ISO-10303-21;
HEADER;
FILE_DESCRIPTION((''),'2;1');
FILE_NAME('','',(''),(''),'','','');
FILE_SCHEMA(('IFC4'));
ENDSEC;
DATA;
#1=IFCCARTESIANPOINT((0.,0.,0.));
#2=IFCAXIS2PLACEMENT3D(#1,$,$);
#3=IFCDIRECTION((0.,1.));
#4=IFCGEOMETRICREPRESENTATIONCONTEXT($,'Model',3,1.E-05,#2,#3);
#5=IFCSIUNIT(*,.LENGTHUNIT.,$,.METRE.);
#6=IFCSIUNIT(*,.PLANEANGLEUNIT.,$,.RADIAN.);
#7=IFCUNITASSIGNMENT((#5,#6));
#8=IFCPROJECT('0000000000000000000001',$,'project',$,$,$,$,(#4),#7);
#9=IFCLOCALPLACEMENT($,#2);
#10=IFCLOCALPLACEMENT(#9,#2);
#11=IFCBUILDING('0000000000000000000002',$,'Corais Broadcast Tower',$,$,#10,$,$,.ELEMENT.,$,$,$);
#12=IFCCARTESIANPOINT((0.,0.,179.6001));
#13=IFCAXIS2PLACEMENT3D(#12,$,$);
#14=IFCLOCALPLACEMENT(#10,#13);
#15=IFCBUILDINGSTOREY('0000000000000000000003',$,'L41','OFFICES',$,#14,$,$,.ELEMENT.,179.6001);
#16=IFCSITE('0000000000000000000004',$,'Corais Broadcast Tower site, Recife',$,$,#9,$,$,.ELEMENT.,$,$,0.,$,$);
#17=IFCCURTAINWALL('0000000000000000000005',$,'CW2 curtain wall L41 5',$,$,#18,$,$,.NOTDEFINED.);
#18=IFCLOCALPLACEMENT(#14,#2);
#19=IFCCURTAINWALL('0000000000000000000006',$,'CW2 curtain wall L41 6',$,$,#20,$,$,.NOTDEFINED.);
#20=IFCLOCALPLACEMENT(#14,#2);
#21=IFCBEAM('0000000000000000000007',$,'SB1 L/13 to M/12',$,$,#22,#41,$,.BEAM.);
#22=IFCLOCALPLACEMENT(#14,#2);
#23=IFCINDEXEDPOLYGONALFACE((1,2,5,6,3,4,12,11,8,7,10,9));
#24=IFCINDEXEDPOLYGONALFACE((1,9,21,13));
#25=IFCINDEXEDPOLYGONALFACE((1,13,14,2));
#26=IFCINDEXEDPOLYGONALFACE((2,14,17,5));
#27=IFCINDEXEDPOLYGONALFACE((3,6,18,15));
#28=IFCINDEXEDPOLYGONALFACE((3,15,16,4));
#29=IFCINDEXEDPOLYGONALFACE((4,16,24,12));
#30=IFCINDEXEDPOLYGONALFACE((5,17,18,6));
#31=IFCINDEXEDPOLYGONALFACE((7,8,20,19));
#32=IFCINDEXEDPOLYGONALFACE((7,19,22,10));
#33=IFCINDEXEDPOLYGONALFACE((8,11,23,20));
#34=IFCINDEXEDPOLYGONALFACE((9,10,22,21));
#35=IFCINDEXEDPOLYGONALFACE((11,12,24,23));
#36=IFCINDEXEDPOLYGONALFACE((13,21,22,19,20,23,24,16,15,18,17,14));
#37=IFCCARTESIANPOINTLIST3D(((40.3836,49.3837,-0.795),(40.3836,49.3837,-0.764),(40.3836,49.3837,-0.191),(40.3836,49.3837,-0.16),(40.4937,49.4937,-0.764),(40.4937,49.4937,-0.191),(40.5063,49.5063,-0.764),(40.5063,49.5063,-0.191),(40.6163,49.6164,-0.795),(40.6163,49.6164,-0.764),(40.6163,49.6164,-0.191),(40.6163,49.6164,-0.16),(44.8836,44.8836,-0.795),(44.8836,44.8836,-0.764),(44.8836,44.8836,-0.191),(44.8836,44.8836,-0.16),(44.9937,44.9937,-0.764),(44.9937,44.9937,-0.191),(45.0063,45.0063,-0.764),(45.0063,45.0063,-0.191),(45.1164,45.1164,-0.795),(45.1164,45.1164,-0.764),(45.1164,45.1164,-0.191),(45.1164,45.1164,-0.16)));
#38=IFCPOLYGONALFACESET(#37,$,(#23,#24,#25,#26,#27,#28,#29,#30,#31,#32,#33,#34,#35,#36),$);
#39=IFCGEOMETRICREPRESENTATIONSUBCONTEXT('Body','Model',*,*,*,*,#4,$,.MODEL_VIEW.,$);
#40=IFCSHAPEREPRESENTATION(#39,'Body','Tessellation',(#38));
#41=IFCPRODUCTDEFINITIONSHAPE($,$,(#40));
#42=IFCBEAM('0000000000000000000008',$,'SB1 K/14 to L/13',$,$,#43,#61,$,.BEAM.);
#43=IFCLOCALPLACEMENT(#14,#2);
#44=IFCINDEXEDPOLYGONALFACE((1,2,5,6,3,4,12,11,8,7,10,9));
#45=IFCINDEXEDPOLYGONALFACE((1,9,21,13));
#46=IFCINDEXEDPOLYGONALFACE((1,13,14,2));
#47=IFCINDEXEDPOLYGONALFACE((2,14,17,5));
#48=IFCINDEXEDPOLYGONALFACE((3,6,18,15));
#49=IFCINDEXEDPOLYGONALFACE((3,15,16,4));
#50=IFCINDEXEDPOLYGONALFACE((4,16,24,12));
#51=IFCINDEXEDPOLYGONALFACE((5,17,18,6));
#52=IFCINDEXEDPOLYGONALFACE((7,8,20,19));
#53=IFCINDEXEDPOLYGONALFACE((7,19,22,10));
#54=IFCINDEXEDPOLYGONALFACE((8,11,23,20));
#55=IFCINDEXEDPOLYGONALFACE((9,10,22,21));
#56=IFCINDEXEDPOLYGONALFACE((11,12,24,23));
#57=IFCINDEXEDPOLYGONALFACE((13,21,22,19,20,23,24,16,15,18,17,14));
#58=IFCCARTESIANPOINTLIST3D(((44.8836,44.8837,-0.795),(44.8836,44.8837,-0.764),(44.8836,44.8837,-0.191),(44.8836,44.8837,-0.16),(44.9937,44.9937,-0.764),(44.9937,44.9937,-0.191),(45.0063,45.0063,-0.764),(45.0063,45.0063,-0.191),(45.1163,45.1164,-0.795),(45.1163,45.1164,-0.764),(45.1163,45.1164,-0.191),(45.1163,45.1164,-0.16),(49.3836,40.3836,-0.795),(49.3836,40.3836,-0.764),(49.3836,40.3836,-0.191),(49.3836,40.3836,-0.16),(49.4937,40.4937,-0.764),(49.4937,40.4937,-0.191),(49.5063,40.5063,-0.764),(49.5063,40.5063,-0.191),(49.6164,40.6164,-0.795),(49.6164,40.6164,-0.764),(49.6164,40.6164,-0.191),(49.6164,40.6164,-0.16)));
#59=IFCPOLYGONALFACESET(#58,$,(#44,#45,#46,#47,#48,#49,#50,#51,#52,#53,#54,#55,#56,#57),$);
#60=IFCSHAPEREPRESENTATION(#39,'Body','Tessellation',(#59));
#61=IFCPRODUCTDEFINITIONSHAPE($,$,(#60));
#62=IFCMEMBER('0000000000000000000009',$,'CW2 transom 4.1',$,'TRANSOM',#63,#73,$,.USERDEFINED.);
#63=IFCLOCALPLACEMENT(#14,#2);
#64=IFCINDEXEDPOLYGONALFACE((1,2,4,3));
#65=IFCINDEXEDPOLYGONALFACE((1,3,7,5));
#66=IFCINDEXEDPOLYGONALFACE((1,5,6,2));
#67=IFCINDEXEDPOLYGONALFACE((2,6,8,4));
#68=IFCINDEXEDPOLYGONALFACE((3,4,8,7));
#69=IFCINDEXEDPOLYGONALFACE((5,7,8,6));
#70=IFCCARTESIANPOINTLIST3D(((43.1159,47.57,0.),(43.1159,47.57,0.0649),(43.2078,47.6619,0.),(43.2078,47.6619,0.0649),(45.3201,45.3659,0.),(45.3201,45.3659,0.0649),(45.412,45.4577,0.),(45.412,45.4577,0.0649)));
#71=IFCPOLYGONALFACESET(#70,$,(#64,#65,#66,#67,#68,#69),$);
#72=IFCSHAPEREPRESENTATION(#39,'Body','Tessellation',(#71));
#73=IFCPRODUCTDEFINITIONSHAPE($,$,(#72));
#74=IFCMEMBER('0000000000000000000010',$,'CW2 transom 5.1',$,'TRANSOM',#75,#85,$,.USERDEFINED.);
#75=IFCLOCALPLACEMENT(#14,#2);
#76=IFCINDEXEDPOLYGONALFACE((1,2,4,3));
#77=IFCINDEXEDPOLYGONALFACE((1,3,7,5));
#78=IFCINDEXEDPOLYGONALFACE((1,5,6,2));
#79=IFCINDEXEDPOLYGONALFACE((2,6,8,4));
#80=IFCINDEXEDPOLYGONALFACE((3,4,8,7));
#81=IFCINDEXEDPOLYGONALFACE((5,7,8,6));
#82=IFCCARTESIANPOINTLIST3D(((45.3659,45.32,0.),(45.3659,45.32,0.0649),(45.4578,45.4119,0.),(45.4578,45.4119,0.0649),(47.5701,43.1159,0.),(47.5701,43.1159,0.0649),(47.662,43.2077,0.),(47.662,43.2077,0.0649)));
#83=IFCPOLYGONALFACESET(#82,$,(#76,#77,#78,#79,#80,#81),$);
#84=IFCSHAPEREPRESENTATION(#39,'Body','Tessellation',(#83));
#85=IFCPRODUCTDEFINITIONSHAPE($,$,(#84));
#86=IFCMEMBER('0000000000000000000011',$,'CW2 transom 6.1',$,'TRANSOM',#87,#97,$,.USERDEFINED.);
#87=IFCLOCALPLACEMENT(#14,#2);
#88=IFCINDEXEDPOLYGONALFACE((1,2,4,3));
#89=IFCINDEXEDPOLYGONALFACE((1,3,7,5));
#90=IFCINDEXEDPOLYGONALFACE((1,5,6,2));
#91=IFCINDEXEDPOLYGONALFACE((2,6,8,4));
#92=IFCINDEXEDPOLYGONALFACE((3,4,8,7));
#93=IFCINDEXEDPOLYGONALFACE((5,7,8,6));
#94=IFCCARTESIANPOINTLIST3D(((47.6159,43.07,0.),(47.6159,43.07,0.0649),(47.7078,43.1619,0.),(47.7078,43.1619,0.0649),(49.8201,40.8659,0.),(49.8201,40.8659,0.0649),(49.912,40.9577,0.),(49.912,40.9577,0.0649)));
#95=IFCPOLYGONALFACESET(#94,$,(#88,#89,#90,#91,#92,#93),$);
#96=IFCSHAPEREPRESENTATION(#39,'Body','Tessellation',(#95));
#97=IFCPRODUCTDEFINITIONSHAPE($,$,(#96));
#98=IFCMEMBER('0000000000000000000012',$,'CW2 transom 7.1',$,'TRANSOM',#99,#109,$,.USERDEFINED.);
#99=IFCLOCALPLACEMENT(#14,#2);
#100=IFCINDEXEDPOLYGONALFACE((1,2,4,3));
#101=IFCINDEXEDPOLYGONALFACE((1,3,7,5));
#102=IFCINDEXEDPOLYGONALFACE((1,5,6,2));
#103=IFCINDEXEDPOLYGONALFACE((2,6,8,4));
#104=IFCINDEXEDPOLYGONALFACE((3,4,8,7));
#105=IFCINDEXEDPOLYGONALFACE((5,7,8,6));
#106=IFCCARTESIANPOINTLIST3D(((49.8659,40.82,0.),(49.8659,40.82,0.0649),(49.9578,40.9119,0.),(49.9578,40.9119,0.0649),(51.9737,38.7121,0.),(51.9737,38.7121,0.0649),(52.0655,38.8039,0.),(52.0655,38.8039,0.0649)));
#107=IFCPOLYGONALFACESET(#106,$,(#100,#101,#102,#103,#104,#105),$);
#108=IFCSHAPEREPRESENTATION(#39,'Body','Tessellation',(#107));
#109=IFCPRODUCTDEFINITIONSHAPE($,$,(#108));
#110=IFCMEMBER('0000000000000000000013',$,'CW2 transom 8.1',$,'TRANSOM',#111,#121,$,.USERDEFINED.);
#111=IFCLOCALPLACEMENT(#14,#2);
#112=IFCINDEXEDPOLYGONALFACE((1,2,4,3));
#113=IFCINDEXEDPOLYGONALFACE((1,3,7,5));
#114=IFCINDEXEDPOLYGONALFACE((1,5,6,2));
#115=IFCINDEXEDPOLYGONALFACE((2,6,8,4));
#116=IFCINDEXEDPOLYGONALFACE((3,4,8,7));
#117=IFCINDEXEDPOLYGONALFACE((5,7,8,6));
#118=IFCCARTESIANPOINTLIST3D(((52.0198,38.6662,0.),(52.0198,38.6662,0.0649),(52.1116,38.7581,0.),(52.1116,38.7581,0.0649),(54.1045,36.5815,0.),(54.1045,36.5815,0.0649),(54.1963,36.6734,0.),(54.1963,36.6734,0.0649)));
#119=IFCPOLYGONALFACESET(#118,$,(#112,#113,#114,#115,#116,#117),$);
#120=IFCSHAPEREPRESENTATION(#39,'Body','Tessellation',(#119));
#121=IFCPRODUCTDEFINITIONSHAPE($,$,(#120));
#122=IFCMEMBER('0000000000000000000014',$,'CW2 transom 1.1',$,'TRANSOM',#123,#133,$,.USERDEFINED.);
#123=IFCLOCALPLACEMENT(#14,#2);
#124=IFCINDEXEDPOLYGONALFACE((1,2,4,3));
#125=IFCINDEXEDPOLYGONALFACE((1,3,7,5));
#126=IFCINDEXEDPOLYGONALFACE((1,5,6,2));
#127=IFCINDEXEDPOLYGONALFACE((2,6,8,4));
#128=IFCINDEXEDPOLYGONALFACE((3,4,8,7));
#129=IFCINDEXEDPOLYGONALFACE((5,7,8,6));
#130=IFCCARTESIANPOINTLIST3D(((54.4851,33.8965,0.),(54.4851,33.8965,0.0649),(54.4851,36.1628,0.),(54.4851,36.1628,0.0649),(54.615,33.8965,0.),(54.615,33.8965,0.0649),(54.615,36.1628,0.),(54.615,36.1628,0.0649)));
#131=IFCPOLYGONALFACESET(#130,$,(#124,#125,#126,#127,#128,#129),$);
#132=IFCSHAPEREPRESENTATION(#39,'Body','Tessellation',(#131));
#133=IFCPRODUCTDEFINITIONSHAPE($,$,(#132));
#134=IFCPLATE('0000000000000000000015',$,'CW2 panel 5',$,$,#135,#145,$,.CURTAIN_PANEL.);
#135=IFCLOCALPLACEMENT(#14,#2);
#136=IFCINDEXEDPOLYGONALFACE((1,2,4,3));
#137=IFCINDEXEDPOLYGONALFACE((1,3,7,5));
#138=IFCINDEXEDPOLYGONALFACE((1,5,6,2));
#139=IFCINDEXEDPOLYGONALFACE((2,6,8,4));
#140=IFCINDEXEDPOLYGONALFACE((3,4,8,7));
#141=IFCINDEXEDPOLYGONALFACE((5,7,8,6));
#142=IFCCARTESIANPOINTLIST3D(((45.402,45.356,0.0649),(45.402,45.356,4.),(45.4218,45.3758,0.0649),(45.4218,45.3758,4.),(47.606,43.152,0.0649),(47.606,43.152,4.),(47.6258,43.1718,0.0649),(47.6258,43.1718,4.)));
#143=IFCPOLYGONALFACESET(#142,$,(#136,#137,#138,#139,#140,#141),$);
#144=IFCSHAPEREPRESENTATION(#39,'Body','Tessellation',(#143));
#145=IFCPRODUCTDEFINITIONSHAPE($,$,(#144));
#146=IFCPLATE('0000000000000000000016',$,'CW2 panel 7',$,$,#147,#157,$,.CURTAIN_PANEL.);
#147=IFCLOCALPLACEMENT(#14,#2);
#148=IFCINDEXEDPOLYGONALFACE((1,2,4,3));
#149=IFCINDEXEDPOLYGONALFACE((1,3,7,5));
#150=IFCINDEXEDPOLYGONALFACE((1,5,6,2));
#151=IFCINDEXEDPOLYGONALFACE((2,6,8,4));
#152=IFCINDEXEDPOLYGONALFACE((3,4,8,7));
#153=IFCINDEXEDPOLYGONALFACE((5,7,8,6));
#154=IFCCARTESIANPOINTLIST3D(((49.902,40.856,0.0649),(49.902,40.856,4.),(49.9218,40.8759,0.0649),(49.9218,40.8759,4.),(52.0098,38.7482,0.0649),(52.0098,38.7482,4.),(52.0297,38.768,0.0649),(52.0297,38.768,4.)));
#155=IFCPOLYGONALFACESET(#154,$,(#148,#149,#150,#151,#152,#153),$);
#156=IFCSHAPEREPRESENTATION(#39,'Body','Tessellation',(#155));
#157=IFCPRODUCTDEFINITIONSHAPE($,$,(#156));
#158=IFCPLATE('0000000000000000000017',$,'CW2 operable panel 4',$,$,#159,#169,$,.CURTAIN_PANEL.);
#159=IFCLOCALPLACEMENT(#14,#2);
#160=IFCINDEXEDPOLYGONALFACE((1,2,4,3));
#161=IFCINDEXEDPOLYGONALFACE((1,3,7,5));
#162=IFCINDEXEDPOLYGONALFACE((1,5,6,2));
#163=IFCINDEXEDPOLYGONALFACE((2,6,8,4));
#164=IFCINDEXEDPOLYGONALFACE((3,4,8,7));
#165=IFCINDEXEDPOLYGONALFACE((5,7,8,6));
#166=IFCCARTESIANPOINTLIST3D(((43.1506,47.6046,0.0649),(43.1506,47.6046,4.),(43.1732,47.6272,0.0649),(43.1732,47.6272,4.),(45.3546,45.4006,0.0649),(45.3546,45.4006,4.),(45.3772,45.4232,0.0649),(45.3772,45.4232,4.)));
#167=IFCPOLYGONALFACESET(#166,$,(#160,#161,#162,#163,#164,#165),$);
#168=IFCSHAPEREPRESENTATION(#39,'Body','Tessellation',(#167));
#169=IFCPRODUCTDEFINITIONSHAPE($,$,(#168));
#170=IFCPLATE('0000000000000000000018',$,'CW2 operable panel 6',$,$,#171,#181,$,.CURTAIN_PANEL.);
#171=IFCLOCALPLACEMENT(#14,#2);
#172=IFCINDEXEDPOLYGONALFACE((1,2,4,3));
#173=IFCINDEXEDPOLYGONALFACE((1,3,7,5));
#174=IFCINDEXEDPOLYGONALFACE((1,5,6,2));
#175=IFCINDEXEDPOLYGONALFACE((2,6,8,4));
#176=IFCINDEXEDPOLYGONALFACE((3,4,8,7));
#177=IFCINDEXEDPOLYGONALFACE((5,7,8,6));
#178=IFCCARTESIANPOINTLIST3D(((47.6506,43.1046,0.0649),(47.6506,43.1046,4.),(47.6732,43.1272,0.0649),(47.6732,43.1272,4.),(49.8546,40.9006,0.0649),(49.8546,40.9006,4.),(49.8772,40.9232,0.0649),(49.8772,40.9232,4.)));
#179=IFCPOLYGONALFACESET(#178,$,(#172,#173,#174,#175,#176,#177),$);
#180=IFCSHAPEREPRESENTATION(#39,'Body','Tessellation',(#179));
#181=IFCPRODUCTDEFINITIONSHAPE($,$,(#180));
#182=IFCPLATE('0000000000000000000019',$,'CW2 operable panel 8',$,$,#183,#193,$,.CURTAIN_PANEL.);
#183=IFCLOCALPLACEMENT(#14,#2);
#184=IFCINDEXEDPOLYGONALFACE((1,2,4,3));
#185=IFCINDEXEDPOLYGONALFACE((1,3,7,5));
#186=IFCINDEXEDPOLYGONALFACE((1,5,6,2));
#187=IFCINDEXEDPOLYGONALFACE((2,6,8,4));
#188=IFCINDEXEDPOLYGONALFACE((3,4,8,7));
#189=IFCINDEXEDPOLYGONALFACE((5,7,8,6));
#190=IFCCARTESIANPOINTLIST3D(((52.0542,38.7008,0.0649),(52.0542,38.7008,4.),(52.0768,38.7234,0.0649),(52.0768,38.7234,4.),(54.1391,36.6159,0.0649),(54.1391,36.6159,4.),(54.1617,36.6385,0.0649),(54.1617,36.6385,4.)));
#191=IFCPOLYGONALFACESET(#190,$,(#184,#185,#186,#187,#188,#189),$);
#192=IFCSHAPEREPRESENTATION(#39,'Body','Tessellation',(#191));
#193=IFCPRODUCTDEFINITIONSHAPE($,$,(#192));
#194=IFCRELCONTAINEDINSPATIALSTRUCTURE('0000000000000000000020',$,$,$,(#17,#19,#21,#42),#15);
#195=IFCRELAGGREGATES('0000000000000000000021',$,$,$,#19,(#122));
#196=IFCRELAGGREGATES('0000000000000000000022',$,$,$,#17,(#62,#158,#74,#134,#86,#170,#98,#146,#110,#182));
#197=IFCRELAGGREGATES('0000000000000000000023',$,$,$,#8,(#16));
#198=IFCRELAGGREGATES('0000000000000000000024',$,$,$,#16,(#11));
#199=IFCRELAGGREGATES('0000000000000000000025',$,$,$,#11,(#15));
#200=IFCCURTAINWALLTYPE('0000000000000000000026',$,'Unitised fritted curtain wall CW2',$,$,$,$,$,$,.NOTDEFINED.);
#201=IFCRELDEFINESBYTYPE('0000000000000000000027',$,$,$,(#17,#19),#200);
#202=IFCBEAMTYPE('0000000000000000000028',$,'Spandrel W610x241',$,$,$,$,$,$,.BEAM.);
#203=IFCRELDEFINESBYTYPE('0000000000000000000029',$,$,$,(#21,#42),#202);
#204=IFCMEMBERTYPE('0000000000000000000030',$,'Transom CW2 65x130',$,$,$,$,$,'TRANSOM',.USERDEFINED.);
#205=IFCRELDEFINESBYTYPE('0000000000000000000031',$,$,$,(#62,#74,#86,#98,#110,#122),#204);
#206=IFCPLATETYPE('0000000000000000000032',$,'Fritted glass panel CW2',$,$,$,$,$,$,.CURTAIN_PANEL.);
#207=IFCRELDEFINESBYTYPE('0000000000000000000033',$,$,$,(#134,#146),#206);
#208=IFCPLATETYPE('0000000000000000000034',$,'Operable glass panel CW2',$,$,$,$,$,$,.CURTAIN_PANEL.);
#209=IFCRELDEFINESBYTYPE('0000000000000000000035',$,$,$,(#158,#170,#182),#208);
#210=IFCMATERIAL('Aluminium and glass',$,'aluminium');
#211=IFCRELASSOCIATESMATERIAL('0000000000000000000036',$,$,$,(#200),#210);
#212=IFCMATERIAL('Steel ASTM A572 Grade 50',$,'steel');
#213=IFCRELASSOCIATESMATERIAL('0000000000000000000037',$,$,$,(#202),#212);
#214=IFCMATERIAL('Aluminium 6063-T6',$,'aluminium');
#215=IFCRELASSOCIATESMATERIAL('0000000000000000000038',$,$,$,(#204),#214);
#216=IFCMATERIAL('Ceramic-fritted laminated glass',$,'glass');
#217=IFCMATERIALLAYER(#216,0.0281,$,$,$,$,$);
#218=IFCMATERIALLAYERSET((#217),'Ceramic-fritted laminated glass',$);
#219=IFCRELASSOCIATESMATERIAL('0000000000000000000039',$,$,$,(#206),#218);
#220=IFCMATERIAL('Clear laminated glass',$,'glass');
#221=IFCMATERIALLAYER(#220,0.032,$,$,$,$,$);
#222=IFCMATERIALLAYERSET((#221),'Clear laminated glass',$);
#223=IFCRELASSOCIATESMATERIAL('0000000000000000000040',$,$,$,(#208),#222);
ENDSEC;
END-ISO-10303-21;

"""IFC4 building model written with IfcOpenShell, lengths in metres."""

from ifc_helpers import new_model, si_unit, direction, frame, origin, origin_2d, place, context, subcontext, project, spatial, rectangle, i_section, extrude, material, layer, layer_set, material_profile, profile_set, type_object, element, aggregate, save


model = new_model("IFC4")

# Units and contexts
model_context = context("Model", 3, precision=1e-05, world=origin(), true_north=direction((0.0, 1.0)))
body_context = subcontext(model_context, "Body", "Model", "MODEL_VIEW")
ifc_project = project(units=[si_unit("LENGTHUNIT", "METRE"), si_unit("PLANEANGLEUNIT", "RADIAN")], contexts=[model_context])

# Site, building, storey
site_placement = place(None, origin())
site = spatial("IfcSite", under=ifc_project, at=site_placement, Name="Corais Broadcast Tower site, Recife", CompositionType="ELEMENT", RefElevation=0.0)
building_placement = place(site_placement, origin())
building = spatial("IfcBuilding", under=site, at=building_placement, Name="Corais Broadcast Tower", CompositionType="ELEMENT")
storey_placement = place(building_placement, frame((0.0, 0.0, 179.6001)))
storey = spatial("IfcBuildingStorey", under=building, at=storey_placement, Name="L41", Description="OFFICES", CompositionType="ELEMENT", Elevation=179.6001)

# Curtain wall
ifc_material_1 = material(Name="Aluminium and glass", Category="aluminium")
curtain_wall_type = type_object("IfcCurtainWallType", Name="Unitised fritted curtain wall CW2", PredefinedType="NOTDEFINED", material=ifc_material_1)
curtain_wall_1_placement = place(storey_placement, origin())
curtain_wall_1 = element("IfcCurtainWall", 1, at=curtain_wall_1_placement, inside=storey, type_object=curtain_wall_type, Name="CW2 curtain wall L41 5", PredefinedType="NOTDEFINED")

# Curtain wall
curtain_wall_2_placement = place(storey_placement, origin())
curtain_wall_2 = element("IfcCurtainWall", 2, at=curtain_wall_2_placement, inside=storey, type_object=curtain_wall_type, Name="CW2 curtain wall L41 6", PredefinedType="NOTDEFINED")

# Beams
ifc_material_2 = material(Name="Steel ASTM A572 Grade 50", Category="steel")
ifc_material_profile_1 = material_profile(ifc_material_2, i_section(OverallWidth=0.3291, OverallDepth=0.635, WebThickness=0.0178, FlangeThickness=0.031, at=origin_2d()), Name="W610x241")
ifc_profile_set_1 = profile_set([ifc_material_profile_1], Name="Steel ASTM A572 Grade 50")
beam_type_1 = type_object("IfcBeamType", Name="Spandrel W610x241", PredefinedType="BEAM", material=ifc_profile_set_1)
for number, where, z_axis, x_axis, name in (
    (3, (45.0, 45.0, -0.4775), (-0.707107, 0.707107, 0.0), (-0.707107, -0.707107, 0.0), "SB1 L/13 to M/12"),
    (4, (49.5, 40.5, -0.4775), (-0.707107, 0.707107, 0.0), (-0.707107, -0.707107, 0.0), "SB1 K/14 to L/13"),
):
    element("IfcBeam", number, at=place(storey_placement, frame(where, z_axis=z_axis, x_axis=x_axis)), inside=storey, type_object=beam_type_1, Name=name, PredefinedType="BEAM", context=body_context, shape_type="SweptSolid", body=[
        extrude(i_section(OverallWidth=0.3291, OverallDepth=0.635, WebThickness=0.0178, FlangeThickness=0.031, at=origin_2d()), origin(), (0.0, 0.0, 1.0), 6.364),
    ])

# Members
ifc_material_3 = material(Name="Aluminium 6063-T6", Category="aluminium")
ifc_material_profile_2 = material_profile(ifc_material_3, rectangle(XDim=0.1299, YDim=0.0649, at=origin_2d()), Name="Transom CW2 65x130")
ifc_profile_set_2 = profile_set([ifc_material_profile_2], Name="Aluminium 6063-T6")
member_type_1 = type_object("IfcMemberType", Name="Transom CW2 65x130", ElementType="TRANSOM", PredefinedType="USERDEFINED", material=ifc_profile_set_2)
member_1_placement = place(storey_placement, frame((43.1619, 47.616, 0.0325), z_axis=(0.707107, -0.707107, 0.0), x_axis=(0.707107, 0.707107, 0.0)))
member_1 = element("IfcMember", 5, at=member_1_placement, type_object=member_type_1, Name="CW2 transom 4.1", ObjectType="TRANSOM", PredefinedType="USERDEFINED", context=body_context, shape_type="SweptSolid", body=[
    extrude(rectangle(XDim=0.1299, YDim=0.0649, at=origin_2d()), origin(), (0.0, 0.0, 1.0), 3.1172),
])
member_2_placement = place(storey_placement, frame((45.4119, 45.366, 0.0325), z_axis=(0.707107, -0.707107, 0.0), x_axis=(0.707107, 0.707107, 0.0)))
member_2 = element("IfcMember", 6, at=member_2_placement, type_object=member_type_1, Name="CW2 transom 5.1", ObjectType="TRANSOM", PredefinedType="USERDEFINED", context=body_context, shape_type="SweptSolid", body=[
    extrude(rectangle(XDim=0.1299, YDim=0.0649, at=origin_2d()), origin(), (0.0, 0.0, 1.0), 3.1172),
])
member_3_placement = place(storey_placement, frame((47.6619, 43.116, 0.0325), z_axis=(0.707107, -0.707107, 0.0), x_axis=(0.707107, 0.707107, 0.0)))
member_3 = element("IfcMember", 7, at=member_3_placement, type_object=member_type_1, Name="CW2 transom 6.1", ObjectType="TRANSOM", PredefinedType="USERDEFINED", context=body_context, shape_type="SweptSolid", body=[
    extrude(rectangle(XDim=0.1299, YDim=0.0649, at=origin_2d()), origin(), (0.0, 0.0, 1.0), 3.1172),
])
member_4_placement = place(storey_placement, frame((49.9119, 40.866, 0.0325), z_axis=(0.707066, -0.707148, 0.0), x_axis=(0.707148, 0.707066, 0.0)))
member_4 = element("IfcMember", 8, at=member_4_placement, type_object=member_type_1, Name="CW2 transom 7.1", ObjectType="TRANSOM", PredefinedType="USERDEFINED", context=body_context, shape_type="SweptSolid", body=[
    extrude(rectangle(XDim=0.1299, YDim=0.0649, at=origin_2d()), origin(), (0.0, 0.0, 1.0), 2.981),
])
member_5_placement = place(storey_placement, frame((52.0657, 38.7122, 0.0325), z_axis=(0.707107, -0.707107, 0.0), x_axis=(0.707107, 0.707107, 0.0)))
member_5 = element("IfcMember", 9, at=member_5_placement, type_object=member_type_1, Name="CW2 transom 8.1", ObjectType="TRANSOM", PredefinedType="USERDEFINED", context=body_context, shape_type="SweptSolid", body=[
    extrude(rectangle(XDim=0.1299, YDim=0.0649, at=origin_2d()), origin(), (0.0, 0.0, 1.0), 2.9482),
])
member_6_placement = place(storey_placement, frame((54.55, 36.1628, 0.0325), z_axis=(0.0, -1.0, 0.0), x_axis=(1.0, 0.0, 0.0)))
member_6 = element("IfcMember", 10, at=member_6_placement, type_object=member_type_1, Name="CW2 transom 1.1", ObjectType="TRANSOM", PredefinedType="USERDEFINED", context=body_context, shape_type="SweptSolid", body=[
    extrude(rectangle(XDim=0.1299, YDim=0.0649, at=origin_2d()), origin(), (0.0, 0.0, 1.0), 2.2664),
])
aggregate(curtain_wall_2, [member_6])

# Plates
ifc_material_4 = material(Name="Ceramic-fritted laminated glass", Category="glass")
ifc_layer_1 = layer(ifc_material_4, 0.0281)
ifc_layer_set_1 = layer_set([ifc_layer_1], Name="Ceramic-fritted laminated glass")
plate_type_1 = type_object("IfcPlateType", Name="Fritted glass panel CW2", PredefinedType="CURTAIN_PANEL", material=ifc_layer_set_1)
plate_1_placement = place(storey_placement, frame((46.5139, 44.2639, 0.0649), z_axis=(0.0, 0.0, 1.0), x_axis=(0.707107, -0.707107, 0.0)))
plate_1 = element("IfcPlate", 11, at=plate_1_placement, type_object=plate_type_1, Name="CW2 panel 5", PredefinedType="CURTAIN_PANEL", context=body_context, shape_type="SweptSolid", body=[
    extrude(rectangle(XDim=3.1169, YDim=0.0281, at=origin_2d()), origin(), (0.0, 0.0, 1.0), 3.9351),
])
plate_2_placement = place(storey_placement, frame((50.9658, 39.812, 0.0649), z_axis=(0.0, 0.0, 1.0), x_axis=(0.707107, -0.707107, 0.0)))
plate_2 = element("IfcPlate", 12, at=plate_2_placement, type_object=plate_type_1, Name="CW2 panel 7", PredefinedType="CURTAIN_PANEL", context=body_context, shape_type="SweptSolid", body=[
    extrude(rectangle(XDim=2.981, YDim=0.0281, at=origin_2d()), origin(), (0.0, 0.0, 1.0), 3.9351),
])
ifc_material_5 = material(Name="Clear laminated glass", Category="glass")
ifc_layer_2 = layer(ifc_material_5, 0.032)
ifc_layer_set_2 = layer_set([ifc_layer_2], Name="Clear laminated glass")
plate_type_2 = type_object("IfcPlateType", Name="Operable glass panel CW2", PredefinedType="CURTAIN_PANEL", material=ifc_layer_set_2)
plate_3_placement = place(storey_placement, frame((44.2639, 46.5139, 0.0649), z_axis=(0.0, 0.0, 1.0), x_axis=(0.707107, -0.707107, 0.0)))
plate_3 = element("IfcPlate", 13, at=plate_3_placement, type_object=plate_type_2, Name="CW2 operable panel 4", PredefinedType="CURTAIN_PANEL", context=body_context, shape_type="SweptSolid", body=[
    extrude(rectangle(XDim=3.1169, YDim=0.032, at=origin_2d()), origin(), (0.0, 0.0, 1.0), 3.9351),
])
plate_4_placement = place(storey_placement, frame((48.7639, 42.0139, 0.0649), z_axis=(0.0, 0.0, 1.0), x_axis=(0.707107, -0.707107, 0.0)))
plate_4 = element("IfcPlate", 14, at=plate_4_placement, type_object=plate_type_2, Name="CW2 operable panel 6", PredefinedType="CURTAIN_PANEL", context=body_context, shape_type="SweptSolid", body=[
    extrude(rectangle(XDim=3.1169, YDim=0.032, at=origin_2d()), origin(), (0.0, 0.0, 1.0), 3.9351),
])
plate_5_placement = place(storey_placement, frame((53.1079, 37.6697, 0.0649), z_axis=(0.0, 0.0, 1.0), x_axis=(0.707107, -0.707107, 0.0)))
plate_5 = element("IfcPlate", 15, at=plate_5_placement, type_object=plate_type_2, Name="CW2 operable panel 8", PredefinedType="CURTAIN_PANEL", context=body_context, shape_type="SweptSolid", body=[
    extrude(rectangle(XDim=2.9485, YDim=0.032, at=origin_2d()), origin(), (0.0, 0.0, 1.0), 3.9351),
])
aggregate(curtain_wall_1, [member_1, plate_3, member_2, plate_1, member_3, plate_4, member_4, plate_2, member_5, plate_5])

save(model, "model.ifc")
